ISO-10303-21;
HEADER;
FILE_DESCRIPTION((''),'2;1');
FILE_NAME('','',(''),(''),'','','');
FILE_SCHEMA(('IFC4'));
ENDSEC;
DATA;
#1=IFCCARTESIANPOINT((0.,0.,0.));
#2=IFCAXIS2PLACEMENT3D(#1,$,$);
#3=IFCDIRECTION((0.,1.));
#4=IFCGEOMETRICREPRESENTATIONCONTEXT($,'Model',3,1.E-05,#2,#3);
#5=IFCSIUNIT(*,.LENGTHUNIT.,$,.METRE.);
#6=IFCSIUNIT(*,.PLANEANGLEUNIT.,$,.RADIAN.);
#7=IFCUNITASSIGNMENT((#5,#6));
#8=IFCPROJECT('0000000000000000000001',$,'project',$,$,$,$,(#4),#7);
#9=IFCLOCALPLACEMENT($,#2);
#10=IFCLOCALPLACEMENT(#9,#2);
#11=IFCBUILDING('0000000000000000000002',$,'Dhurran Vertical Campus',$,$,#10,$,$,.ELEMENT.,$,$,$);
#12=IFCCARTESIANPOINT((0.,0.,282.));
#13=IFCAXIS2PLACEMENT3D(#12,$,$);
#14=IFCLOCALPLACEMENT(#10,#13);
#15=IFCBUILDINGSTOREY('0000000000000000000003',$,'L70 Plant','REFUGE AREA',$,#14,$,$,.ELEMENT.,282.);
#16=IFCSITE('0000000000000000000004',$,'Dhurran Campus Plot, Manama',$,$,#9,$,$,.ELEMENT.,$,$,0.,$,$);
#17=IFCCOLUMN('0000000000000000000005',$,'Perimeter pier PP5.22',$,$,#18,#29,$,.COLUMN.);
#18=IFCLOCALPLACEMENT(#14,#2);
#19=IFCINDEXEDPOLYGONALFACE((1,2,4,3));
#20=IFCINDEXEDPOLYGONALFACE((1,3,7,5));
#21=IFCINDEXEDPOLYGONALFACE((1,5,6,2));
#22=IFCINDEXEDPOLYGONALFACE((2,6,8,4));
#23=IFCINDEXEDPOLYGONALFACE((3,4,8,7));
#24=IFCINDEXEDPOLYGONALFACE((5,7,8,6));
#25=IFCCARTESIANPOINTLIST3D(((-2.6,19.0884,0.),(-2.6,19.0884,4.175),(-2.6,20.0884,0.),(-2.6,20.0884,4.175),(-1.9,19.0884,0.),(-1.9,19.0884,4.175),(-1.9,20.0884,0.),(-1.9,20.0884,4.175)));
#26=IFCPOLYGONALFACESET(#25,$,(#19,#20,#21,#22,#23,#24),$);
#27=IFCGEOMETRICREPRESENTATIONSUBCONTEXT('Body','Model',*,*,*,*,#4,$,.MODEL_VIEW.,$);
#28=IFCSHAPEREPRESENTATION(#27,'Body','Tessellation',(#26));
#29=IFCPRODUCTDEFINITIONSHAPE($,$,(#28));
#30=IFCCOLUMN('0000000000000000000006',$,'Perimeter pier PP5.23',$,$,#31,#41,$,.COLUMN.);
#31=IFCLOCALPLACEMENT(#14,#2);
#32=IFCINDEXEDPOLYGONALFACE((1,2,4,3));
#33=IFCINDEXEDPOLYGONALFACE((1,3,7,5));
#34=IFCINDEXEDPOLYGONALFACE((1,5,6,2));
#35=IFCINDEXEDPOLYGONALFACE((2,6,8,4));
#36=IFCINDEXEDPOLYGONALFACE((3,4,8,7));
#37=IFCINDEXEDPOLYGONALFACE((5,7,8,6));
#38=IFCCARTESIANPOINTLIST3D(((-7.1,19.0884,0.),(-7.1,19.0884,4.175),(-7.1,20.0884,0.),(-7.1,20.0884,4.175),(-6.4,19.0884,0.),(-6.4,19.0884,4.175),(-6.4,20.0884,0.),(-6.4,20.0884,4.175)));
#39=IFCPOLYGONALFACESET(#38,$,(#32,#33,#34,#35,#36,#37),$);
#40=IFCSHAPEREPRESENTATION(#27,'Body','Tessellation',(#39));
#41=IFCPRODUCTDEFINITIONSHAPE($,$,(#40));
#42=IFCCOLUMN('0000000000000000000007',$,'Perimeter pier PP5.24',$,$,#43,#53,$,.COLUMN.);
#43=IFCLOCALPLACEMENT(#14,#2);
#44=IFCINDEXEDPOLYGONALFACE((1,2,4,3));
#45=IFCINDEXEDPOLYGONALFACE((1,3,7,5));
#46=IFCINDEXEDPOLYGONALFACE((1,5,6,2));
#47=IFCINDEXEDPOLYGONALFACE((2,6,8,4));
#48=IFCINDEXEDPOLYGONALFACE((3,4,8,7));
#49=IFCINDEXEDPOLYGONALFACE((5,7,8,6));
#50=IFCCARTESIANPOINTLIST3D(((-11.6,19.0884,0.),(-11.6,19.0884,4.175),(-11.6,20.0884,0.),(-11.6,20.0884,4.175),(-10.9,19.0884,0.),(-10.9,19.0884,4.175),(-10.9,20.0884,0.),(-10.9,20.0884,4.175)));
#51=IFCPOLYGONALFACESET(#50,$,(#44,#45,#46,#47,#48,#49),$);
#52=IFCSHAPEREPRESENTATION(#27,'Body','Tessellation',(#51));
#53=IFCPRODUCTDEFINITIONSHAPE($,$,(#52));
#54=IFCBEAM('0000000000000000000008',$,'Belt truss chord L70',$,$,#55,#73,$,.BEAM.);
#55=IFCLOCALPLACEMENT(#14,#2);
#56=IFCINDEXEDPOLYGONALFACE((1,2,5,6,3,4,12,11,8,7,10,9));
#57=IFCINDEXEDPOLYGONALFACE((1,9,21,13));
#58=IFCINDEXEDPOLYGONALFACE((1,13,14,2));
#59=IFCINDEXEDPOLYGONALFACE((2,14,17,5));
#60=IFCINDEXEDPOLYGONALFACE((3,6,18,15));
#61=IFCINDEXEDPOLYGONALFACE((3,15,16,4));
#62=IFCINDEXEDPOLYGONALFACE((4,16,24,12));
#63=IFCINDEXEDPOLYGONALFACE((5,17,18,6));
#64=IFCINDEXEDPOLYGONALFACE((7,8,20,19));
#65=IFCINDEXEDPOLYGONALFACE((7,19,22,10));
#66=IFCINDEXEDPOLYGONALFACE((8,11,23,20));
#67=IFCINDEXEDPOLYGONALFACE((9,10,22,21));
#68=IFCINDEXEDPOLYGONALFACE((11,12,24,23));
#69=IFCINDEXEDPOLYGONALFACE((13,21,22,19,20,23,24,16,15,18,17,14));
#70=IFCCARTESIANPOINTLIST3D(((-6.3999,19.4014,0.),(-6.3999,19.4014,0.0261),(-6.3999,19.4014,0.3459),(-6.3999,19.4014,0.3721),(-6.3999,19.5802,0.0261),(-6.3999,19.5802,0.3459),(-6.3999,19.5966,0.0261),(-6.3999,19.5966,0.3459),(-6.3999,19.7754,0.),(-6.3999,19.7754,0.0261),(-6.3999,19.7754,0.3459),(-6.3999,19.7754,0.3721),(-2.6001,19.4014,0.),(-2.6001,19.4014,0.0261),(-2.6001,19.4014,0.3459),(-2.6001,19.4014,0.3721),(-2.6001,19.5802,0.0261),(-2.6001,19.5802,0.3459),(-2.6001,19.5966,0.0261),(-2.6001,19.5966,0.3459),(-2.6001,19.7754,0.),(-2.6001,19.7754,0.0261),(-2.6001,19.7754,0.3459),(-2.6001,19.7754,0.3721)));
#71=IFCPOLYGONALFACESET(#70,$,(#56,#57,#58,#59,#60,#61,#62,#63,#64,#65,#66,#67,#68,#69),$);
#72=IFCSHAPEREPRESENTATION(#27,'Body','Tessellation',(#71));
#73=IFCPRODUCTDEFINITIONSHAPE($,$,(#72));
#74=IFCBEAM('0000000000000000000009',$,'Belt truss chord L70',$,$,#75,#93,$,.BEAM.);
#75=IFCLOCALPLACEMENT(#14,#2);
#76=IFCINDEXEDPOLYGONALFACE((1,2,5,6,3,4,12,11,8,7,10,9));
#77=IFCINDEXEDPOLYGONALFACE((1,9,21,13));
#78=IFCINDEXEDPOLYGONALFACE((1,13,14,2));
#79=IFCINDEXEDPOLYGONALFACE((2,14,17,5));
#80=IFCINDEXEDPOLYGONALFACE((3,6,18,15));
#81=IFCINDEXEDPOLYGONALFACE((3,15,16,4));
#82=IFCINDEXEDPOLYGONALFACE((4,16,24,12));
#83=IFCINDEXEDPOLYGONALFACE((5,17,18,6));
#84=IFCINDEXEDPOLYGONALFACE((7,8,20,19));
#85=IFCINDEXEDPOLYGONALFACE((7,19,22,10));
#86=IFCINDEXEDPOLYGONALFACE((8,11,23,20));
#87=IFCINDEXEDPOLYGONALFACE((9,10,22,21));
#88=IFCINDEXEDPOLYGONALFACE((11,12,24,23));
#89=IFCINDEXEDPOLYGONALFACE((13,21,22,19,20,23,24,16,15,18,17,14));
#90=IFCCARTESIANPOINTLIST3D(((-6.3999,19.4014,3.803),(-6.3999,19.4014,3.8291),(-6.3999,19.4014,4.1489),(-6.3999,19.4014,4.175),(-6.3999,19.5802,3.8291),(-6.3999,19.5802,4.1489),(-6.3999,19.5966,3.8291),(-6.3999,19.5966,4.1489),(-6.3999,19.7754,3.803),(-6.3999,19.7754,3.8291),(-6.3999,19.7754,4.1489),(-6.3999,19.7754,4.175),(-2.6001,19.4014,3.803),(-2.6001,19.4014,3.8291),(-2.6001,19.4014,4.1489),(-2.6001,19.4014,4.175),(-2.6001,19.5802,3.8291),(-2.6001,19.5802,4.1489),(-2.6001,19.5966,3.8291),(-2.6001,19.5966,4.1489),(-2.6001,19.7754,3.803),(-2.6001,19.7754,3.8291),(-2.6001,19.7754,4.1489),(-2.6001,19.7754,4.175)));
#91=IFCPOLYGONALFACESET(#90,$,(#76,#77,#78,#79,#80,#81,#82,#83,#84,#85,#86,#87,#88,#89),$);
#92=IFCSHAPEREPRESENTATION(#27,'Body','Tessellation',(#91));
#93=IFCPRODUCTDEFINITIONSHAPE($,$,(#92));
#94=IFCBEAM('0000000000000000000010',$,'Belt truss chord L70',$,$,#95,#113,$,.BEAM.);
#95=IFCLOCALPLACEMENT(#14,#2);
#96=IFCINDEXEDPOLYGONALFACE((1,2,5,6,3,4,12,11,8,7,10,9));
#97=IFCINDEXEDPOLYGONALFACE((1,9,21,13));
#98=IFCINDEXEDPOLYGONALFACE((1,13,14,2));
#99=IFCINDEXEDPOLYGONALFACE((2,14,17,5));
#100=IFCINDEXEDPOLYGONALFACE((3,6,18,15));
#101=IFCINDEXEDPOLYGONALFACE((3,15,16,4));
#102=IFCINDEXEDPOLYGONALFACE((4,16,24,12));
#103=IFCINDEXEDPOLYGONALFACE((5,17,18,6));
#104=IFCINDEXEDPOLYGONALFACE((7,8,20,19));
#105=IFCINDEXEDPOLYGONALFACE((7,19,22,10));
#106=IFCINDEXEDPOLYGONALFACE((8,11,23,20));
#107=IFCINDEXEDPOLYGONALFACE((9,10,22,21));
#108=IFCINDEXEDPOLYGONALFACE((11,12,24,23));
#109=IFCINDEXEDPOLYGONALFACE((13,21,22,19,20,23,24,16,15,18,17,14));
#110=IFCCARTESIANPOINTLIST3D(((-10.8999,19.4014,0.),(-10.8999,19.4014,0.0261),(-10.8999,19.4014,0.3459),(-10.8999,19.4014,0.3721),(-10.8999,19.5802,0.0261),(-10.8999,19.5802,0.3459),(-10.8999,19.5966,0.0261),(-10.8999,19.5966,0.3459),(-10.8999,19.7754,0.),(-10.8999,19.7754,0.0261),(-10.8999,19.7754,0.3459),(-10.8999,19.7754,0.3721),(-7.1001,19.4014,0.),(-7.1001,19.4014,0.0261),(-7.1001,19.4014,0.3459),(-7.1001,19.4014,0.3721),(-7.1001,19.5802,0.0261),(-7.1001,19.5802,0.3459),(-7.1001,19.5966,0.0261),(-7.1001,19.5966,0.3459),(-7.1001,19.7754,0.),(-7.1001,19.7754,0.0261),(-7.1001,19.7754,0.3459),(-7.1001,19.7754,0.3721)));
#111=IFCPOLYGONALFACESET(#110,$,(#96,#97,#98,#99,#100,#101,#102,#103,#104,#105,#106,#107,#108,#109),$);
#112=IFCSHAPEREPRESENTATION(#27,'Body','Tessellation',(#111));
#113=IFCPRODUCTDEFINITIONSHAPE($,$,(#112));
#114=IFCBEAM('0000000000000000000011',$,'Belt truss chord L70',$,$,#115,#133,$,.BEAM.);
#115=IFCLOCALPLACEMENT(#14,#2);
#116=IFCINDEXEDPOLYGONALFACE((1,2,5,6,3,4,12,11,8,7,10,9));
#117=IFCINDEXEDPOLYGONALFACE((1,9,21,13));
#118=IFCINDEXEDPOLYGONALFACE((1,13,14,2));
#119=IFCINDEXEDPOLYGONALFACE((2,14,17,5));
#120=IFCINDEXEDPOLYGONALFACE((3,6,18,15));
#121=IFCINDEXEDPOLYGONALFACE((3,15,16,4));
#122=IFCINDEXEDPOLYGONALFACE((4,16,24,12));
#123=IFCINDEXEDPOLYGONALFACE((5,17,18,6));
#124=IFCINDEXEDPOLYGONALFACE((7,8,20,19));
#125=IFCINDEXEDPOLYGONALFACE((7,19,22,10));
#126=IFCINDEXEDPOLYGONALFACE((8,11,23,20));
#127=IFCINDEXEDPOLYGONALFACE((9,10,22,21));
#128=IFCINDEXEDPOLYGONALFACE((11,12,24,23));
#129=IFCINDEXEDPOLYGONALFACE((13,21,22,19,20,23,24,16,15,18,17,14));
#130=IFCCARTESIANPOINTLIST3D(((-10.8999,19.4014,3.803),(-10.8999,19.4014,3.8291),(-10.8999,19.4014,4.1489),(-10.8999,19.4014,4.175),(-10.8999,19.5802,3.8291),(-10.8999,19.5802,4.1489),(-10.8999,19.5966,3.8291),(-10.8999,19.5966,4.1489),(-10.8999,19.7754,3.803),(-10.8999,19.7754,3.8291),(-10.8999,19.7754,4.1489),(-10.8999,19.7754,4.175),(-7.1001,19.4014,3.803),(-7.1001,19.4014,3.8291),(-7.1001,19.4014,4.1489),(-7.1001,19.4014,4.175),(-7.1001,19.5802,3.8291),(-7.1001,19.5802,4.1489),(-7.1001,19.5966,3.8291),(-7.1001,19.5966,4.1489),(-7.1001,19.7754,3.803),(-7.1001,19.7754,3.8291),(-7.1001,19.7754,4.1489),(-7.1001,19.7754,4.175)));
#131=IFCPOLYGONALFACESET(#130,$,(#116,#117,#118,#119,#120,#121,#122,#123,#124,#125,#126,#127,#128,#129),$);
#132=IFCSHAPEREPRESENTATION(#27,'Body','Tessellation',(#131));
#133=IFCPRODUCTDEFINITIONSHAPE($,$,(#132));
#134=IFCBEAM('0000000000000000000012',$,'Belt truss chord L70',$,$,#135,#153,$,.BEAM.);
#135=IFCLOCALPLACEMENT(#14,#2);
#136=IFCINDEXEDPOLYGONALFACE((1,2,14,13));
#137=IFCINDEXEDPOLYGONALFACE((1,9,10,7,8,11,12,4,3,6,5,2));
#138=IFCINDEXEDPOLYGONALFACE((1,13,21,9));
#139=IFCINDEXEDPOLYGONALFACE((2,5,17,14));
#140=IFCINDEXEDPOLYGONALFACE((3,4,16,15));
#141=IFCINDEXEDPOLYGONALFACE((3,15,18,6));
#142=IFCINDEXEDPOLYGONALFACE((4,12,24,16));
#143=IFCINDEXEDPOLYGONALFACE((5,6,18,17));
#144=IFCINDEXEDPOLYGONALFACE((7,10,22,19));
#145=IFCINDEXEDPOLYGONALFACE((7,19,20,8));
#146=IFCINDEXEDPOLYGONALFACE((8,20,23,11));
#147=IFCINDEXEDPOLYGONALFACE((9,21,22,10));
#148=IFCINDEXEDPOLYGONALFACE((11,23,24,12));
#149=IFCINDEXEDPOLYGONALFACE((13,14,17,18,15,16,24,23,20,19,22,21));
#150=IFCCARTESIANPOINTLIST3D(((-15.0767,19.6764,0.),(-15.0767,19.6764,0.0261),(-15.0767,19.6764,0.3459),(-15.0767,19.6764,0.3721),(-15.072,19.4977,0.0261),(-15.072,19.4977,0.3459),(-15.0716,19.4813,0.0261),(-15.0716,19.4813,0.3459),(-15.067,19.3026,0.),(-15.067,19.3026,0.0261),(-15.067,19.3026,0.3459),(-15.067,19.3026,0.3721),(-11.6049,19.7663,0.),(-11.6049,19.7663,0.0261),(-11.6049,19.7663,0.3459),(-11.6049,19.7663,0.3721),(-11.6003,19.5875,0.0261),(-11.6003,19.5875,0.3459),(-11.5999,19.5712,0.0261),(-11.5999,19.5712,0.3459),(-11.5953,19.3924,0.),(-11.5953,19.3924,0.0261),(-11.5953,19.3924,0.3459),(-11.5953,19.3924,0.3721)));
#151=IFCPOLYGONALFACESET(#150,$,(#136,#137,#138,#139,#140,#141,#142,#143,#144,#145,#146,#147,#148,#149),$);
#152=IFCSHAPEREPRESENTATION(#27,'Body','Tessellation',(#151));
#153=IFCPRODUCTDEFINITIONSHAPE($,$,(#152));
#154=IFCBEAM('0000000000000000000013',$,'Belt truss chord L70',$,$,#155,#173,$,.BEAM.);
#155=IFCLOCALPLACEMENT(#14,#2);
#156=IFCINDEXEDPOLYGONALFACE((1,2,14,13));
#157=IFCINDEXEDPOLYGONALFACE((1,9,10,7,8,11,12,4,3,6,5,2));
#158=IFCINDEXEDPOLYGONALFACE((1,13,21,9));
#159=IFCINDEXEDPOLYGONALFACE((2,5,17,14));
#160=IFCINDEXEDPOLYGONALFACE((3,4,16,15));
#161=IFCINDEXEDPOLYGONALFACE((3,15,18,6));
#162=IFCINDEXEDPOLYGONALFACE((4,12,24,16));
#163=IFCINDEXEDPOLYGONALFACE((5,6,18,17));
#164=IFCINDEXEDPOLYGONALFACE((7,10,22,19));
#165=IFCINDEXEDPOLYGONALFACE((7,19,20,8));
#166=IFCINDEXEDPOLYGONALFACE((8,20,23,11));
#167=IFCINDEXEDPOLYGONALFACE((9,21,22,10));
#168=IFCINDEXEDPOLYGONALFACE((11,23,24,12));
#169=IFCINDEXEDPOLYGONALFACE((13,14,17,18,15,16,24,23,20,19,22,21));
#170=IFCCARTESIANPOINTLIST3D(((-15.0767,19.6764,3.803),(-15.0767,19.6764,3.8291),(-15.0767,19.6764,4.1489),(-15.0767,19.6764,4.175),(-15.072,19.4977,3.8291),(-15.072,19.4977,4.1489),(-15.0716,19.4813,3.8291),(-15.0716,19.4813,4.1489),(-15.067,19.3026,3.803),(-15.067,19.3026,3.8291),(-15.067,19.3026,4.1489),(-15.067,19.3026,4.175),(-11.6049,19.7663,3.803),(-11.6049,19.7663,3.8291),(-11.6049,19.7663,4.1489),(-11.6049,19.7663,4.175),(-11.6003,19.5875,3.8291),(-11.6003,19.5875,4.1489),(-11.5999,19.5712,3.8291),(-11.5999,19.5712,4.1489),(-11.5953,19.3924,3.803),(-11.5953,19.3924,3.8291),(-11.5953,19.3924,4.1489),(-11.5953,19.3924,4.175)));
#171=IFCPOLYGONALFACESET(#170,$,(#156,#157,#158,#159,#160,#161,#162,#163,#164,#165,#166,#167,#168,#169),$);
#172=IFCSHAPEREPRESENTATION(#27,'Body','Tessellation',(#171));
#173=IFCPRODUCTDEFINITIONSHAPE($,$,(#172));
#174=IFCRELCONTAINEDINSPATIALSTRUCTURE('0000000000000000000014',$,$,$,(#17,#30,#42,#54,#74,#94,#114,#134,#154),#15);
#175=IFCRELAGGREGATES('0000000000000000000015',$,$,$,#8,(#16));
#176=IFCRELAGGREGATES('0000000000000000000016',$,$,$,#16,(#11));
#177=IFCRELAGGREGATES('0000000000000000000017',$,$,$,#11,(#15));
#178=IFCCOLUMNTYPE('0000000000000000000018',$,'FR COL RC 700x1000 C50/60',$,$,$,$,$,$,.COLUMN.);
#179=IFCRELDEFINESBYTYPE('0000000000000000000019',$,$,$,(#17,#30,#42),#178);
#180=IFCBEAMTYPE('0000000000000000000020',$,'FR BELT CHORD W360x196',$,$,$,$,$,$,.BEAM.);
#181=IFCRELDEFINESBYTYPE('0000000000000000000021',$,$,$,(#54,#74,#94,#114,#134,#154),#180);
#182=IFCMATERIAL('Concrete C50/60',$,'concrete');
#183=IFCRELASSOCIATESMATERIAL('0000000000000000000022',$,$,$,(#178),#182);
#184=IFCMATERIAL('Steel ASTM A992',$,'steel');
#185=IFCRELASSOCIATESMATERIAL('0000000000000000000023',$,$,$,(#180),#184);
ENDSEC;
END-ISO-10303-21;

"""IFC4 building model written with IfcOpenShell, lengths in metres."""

from ifc_helpers import new_model, si_unit, direction, frame, origin, origin_2d, place, context, subcontext, project, spatial, rectangle, i_section, extrude, material, material_profile, profile_set, type_object, element, save


model = new_model("IFC4")

# Units and contexts
model_context = context("Model", 3, precision=1e-05, world=origin(), true_north=direction((0.0, 1.0)))
body_context = subcontext(model_context, "Body", "Model", "MODEL_VIEW")
ifc_project = project(units=[si_unit("LENGTHUNIT", "METRE"), si_unit("PLANEANGLEUNIT", "RADIAN")], contexts=[model_context])

# Site, building, storey
site_placement = place(None, origin())
site = spatial("IfcSite", under=ifc_project, at=site_placement, Name="Dhurran Campus Plot, Manama", CompositionType="ELEMENT", RefElevation=0.0)
building_placement = place(site_placement, origin())
building = spatial("IfcBuilding", under=site, at=building_placement, Name="Dhurran Vertical Campus", CompositionType="ELEMENT")
storey_placement = place(building_placement, frame((0.0, 0.0, 282.0)))
storey = spatial("IfcBuildingStorey", under=building, at=storey_placement, Name="L70 Plant", Description="REFUGE AREA", CompositionType="ELEMENT", Elevation=282.0)

# Columns
ifc_material_1 = material(Name="Concrete C50/60", Category="concrete")
ifc_material_profile_1 = material_profile(ifc_material_1, rectangle(XDim=0.7, YDim=1.0, at=origin_2d()), Name="RC 700x1000")
ifc_profile_set_1 = profile_set([ifc_material_profile_1], Name="Concrete C50/60")
column_type = type_object("IfcColumnType", Name="FR COL RC 700x1000 C50/60", PredefinedType="COLUMN", material=ifc_profile_set_1)
for number, where, z_axis, x_axis, name in (
    (1, (-2.25, 19.5884, 0.0), (0.0, 0.0, 1.0), (-1.0, 0.0, 0.0), "Perimeter pier PP5.22"),
    (2, (-6.75, 19.5884, 0.0), (0.0, 0.0, 1.0), (-1.0, 0.0, 0.0), "Perimeter pier PP5.23"),
    (3, (-11.25, 19.5884, 0.0), (0.0, 0.0, 1.0), (-1.0, 0.0, 0.0), "Perimeter pier PP5.24"),
):
    element("IfcColumn", number, at=place(storey_placement, frame(where, z_axis=z_axis, x_axis=x_axis)), inside=storey, type_object=column_type, Name=name, PredefinedType="COLUMN", context=body_context, shape_type="SweptSolid", body=[
        extrude(rectangle(XDim=0.7, YDim=1.0, at=origin_2d()), origin(), (0.0, 0.0, 1.0), 4.175),
    ])

# Beams
ifc_material_2 = material(Name="Steel ASTM A992", Category="steel")
ifc_material_profile_2 = material_profile(ifc_material_2, i_section(OverallWidth=0.374, OverallDepth=0.3721, WebThickness=0.0164, FlangeThickness=0.0261, at=origin_2d()), Name="W360x196")
ifc_profile_set_2 = profile_set([ifc_material_profile_2], Name="Steel ASTM A992")
beam_type = type_object("IfcBeamType", Name="FR BELT CHORD W360x196", PredefinedType="BEAM", material=ifc_profile_set_2)
for number, where, z_axis, x_axis, name in (
    (4, (-2.6001, 19.5884, 0.186), (-1.0, 0.0, 0.0), (0.0, -1.0, 0.0), "Belt truss chord L70"),
    (5, (-2.6001, 19.5884, 3.989), (-1.0, 0.0, 0.0), (0.0, -1.0, 0.0), "Belt truss chord L70"),
    (6, (-7.1001, 19.5884, 0.186), (-1.0, 0.0, 0.0), (0.0, -1.0, 0.0), "Belt truss chord L70"),
    (7, (-7.1001, 19.5884, 3.989), (-1.0, 0.0, 0.0), (0.0, -1.0, 0.0), "Belt truss chord L70"),
):
    element("IfcBeam", number, at=place(storey_placement, frame(where, z_axis=z_axis, x_axis=x_axis)), inside=storey, type_object=beam_type, Name=name, PredefinedType="BEAM", context=body_context, shape_type="SweptSolid", body=[
        extrude(i_section(OverallWidth=0.374, OverallDepth=0.3721, WebThickness=0.0164, FlangeThickness=0.0261, at=origin_2d()), origin(), (0.0, 0.0, 1.0), 3.7998),
    ])
for number, where, z_axis, x_axis, name in (
    (8, (-11.6001, 19.5793, 0.186), (-0.999665, -0.02587, 0.0), (0.02587, -0.999665, 0.0), "Belt truss chord L70"),
    (9, (-11.6001, 19.5793, 3.989), (-0.999665, -0.02587, 0.0), (0.02587, -0.999665, 0.0), "Belt truss chord L70"),
):
    element("IfcBeam", number, at=place(storey_placement, frame(where, z_axis=z_axis, x_axis=x_axis)), inside=storey, type_object=beam_type, Name=name, PredefinedType="BEAM", context=body_context, shape_type="SweptSolid", body=[
        extrude(i_section(OverallWidth=0.374, OverallDepth=0.3721, WebThickness=0.0164, FlangeThickness=0.0261, at=origin_2d()), origin(), (0.0, 0.0, 1.0), 3.4729),
    ])

save(model, "model.ifc")
